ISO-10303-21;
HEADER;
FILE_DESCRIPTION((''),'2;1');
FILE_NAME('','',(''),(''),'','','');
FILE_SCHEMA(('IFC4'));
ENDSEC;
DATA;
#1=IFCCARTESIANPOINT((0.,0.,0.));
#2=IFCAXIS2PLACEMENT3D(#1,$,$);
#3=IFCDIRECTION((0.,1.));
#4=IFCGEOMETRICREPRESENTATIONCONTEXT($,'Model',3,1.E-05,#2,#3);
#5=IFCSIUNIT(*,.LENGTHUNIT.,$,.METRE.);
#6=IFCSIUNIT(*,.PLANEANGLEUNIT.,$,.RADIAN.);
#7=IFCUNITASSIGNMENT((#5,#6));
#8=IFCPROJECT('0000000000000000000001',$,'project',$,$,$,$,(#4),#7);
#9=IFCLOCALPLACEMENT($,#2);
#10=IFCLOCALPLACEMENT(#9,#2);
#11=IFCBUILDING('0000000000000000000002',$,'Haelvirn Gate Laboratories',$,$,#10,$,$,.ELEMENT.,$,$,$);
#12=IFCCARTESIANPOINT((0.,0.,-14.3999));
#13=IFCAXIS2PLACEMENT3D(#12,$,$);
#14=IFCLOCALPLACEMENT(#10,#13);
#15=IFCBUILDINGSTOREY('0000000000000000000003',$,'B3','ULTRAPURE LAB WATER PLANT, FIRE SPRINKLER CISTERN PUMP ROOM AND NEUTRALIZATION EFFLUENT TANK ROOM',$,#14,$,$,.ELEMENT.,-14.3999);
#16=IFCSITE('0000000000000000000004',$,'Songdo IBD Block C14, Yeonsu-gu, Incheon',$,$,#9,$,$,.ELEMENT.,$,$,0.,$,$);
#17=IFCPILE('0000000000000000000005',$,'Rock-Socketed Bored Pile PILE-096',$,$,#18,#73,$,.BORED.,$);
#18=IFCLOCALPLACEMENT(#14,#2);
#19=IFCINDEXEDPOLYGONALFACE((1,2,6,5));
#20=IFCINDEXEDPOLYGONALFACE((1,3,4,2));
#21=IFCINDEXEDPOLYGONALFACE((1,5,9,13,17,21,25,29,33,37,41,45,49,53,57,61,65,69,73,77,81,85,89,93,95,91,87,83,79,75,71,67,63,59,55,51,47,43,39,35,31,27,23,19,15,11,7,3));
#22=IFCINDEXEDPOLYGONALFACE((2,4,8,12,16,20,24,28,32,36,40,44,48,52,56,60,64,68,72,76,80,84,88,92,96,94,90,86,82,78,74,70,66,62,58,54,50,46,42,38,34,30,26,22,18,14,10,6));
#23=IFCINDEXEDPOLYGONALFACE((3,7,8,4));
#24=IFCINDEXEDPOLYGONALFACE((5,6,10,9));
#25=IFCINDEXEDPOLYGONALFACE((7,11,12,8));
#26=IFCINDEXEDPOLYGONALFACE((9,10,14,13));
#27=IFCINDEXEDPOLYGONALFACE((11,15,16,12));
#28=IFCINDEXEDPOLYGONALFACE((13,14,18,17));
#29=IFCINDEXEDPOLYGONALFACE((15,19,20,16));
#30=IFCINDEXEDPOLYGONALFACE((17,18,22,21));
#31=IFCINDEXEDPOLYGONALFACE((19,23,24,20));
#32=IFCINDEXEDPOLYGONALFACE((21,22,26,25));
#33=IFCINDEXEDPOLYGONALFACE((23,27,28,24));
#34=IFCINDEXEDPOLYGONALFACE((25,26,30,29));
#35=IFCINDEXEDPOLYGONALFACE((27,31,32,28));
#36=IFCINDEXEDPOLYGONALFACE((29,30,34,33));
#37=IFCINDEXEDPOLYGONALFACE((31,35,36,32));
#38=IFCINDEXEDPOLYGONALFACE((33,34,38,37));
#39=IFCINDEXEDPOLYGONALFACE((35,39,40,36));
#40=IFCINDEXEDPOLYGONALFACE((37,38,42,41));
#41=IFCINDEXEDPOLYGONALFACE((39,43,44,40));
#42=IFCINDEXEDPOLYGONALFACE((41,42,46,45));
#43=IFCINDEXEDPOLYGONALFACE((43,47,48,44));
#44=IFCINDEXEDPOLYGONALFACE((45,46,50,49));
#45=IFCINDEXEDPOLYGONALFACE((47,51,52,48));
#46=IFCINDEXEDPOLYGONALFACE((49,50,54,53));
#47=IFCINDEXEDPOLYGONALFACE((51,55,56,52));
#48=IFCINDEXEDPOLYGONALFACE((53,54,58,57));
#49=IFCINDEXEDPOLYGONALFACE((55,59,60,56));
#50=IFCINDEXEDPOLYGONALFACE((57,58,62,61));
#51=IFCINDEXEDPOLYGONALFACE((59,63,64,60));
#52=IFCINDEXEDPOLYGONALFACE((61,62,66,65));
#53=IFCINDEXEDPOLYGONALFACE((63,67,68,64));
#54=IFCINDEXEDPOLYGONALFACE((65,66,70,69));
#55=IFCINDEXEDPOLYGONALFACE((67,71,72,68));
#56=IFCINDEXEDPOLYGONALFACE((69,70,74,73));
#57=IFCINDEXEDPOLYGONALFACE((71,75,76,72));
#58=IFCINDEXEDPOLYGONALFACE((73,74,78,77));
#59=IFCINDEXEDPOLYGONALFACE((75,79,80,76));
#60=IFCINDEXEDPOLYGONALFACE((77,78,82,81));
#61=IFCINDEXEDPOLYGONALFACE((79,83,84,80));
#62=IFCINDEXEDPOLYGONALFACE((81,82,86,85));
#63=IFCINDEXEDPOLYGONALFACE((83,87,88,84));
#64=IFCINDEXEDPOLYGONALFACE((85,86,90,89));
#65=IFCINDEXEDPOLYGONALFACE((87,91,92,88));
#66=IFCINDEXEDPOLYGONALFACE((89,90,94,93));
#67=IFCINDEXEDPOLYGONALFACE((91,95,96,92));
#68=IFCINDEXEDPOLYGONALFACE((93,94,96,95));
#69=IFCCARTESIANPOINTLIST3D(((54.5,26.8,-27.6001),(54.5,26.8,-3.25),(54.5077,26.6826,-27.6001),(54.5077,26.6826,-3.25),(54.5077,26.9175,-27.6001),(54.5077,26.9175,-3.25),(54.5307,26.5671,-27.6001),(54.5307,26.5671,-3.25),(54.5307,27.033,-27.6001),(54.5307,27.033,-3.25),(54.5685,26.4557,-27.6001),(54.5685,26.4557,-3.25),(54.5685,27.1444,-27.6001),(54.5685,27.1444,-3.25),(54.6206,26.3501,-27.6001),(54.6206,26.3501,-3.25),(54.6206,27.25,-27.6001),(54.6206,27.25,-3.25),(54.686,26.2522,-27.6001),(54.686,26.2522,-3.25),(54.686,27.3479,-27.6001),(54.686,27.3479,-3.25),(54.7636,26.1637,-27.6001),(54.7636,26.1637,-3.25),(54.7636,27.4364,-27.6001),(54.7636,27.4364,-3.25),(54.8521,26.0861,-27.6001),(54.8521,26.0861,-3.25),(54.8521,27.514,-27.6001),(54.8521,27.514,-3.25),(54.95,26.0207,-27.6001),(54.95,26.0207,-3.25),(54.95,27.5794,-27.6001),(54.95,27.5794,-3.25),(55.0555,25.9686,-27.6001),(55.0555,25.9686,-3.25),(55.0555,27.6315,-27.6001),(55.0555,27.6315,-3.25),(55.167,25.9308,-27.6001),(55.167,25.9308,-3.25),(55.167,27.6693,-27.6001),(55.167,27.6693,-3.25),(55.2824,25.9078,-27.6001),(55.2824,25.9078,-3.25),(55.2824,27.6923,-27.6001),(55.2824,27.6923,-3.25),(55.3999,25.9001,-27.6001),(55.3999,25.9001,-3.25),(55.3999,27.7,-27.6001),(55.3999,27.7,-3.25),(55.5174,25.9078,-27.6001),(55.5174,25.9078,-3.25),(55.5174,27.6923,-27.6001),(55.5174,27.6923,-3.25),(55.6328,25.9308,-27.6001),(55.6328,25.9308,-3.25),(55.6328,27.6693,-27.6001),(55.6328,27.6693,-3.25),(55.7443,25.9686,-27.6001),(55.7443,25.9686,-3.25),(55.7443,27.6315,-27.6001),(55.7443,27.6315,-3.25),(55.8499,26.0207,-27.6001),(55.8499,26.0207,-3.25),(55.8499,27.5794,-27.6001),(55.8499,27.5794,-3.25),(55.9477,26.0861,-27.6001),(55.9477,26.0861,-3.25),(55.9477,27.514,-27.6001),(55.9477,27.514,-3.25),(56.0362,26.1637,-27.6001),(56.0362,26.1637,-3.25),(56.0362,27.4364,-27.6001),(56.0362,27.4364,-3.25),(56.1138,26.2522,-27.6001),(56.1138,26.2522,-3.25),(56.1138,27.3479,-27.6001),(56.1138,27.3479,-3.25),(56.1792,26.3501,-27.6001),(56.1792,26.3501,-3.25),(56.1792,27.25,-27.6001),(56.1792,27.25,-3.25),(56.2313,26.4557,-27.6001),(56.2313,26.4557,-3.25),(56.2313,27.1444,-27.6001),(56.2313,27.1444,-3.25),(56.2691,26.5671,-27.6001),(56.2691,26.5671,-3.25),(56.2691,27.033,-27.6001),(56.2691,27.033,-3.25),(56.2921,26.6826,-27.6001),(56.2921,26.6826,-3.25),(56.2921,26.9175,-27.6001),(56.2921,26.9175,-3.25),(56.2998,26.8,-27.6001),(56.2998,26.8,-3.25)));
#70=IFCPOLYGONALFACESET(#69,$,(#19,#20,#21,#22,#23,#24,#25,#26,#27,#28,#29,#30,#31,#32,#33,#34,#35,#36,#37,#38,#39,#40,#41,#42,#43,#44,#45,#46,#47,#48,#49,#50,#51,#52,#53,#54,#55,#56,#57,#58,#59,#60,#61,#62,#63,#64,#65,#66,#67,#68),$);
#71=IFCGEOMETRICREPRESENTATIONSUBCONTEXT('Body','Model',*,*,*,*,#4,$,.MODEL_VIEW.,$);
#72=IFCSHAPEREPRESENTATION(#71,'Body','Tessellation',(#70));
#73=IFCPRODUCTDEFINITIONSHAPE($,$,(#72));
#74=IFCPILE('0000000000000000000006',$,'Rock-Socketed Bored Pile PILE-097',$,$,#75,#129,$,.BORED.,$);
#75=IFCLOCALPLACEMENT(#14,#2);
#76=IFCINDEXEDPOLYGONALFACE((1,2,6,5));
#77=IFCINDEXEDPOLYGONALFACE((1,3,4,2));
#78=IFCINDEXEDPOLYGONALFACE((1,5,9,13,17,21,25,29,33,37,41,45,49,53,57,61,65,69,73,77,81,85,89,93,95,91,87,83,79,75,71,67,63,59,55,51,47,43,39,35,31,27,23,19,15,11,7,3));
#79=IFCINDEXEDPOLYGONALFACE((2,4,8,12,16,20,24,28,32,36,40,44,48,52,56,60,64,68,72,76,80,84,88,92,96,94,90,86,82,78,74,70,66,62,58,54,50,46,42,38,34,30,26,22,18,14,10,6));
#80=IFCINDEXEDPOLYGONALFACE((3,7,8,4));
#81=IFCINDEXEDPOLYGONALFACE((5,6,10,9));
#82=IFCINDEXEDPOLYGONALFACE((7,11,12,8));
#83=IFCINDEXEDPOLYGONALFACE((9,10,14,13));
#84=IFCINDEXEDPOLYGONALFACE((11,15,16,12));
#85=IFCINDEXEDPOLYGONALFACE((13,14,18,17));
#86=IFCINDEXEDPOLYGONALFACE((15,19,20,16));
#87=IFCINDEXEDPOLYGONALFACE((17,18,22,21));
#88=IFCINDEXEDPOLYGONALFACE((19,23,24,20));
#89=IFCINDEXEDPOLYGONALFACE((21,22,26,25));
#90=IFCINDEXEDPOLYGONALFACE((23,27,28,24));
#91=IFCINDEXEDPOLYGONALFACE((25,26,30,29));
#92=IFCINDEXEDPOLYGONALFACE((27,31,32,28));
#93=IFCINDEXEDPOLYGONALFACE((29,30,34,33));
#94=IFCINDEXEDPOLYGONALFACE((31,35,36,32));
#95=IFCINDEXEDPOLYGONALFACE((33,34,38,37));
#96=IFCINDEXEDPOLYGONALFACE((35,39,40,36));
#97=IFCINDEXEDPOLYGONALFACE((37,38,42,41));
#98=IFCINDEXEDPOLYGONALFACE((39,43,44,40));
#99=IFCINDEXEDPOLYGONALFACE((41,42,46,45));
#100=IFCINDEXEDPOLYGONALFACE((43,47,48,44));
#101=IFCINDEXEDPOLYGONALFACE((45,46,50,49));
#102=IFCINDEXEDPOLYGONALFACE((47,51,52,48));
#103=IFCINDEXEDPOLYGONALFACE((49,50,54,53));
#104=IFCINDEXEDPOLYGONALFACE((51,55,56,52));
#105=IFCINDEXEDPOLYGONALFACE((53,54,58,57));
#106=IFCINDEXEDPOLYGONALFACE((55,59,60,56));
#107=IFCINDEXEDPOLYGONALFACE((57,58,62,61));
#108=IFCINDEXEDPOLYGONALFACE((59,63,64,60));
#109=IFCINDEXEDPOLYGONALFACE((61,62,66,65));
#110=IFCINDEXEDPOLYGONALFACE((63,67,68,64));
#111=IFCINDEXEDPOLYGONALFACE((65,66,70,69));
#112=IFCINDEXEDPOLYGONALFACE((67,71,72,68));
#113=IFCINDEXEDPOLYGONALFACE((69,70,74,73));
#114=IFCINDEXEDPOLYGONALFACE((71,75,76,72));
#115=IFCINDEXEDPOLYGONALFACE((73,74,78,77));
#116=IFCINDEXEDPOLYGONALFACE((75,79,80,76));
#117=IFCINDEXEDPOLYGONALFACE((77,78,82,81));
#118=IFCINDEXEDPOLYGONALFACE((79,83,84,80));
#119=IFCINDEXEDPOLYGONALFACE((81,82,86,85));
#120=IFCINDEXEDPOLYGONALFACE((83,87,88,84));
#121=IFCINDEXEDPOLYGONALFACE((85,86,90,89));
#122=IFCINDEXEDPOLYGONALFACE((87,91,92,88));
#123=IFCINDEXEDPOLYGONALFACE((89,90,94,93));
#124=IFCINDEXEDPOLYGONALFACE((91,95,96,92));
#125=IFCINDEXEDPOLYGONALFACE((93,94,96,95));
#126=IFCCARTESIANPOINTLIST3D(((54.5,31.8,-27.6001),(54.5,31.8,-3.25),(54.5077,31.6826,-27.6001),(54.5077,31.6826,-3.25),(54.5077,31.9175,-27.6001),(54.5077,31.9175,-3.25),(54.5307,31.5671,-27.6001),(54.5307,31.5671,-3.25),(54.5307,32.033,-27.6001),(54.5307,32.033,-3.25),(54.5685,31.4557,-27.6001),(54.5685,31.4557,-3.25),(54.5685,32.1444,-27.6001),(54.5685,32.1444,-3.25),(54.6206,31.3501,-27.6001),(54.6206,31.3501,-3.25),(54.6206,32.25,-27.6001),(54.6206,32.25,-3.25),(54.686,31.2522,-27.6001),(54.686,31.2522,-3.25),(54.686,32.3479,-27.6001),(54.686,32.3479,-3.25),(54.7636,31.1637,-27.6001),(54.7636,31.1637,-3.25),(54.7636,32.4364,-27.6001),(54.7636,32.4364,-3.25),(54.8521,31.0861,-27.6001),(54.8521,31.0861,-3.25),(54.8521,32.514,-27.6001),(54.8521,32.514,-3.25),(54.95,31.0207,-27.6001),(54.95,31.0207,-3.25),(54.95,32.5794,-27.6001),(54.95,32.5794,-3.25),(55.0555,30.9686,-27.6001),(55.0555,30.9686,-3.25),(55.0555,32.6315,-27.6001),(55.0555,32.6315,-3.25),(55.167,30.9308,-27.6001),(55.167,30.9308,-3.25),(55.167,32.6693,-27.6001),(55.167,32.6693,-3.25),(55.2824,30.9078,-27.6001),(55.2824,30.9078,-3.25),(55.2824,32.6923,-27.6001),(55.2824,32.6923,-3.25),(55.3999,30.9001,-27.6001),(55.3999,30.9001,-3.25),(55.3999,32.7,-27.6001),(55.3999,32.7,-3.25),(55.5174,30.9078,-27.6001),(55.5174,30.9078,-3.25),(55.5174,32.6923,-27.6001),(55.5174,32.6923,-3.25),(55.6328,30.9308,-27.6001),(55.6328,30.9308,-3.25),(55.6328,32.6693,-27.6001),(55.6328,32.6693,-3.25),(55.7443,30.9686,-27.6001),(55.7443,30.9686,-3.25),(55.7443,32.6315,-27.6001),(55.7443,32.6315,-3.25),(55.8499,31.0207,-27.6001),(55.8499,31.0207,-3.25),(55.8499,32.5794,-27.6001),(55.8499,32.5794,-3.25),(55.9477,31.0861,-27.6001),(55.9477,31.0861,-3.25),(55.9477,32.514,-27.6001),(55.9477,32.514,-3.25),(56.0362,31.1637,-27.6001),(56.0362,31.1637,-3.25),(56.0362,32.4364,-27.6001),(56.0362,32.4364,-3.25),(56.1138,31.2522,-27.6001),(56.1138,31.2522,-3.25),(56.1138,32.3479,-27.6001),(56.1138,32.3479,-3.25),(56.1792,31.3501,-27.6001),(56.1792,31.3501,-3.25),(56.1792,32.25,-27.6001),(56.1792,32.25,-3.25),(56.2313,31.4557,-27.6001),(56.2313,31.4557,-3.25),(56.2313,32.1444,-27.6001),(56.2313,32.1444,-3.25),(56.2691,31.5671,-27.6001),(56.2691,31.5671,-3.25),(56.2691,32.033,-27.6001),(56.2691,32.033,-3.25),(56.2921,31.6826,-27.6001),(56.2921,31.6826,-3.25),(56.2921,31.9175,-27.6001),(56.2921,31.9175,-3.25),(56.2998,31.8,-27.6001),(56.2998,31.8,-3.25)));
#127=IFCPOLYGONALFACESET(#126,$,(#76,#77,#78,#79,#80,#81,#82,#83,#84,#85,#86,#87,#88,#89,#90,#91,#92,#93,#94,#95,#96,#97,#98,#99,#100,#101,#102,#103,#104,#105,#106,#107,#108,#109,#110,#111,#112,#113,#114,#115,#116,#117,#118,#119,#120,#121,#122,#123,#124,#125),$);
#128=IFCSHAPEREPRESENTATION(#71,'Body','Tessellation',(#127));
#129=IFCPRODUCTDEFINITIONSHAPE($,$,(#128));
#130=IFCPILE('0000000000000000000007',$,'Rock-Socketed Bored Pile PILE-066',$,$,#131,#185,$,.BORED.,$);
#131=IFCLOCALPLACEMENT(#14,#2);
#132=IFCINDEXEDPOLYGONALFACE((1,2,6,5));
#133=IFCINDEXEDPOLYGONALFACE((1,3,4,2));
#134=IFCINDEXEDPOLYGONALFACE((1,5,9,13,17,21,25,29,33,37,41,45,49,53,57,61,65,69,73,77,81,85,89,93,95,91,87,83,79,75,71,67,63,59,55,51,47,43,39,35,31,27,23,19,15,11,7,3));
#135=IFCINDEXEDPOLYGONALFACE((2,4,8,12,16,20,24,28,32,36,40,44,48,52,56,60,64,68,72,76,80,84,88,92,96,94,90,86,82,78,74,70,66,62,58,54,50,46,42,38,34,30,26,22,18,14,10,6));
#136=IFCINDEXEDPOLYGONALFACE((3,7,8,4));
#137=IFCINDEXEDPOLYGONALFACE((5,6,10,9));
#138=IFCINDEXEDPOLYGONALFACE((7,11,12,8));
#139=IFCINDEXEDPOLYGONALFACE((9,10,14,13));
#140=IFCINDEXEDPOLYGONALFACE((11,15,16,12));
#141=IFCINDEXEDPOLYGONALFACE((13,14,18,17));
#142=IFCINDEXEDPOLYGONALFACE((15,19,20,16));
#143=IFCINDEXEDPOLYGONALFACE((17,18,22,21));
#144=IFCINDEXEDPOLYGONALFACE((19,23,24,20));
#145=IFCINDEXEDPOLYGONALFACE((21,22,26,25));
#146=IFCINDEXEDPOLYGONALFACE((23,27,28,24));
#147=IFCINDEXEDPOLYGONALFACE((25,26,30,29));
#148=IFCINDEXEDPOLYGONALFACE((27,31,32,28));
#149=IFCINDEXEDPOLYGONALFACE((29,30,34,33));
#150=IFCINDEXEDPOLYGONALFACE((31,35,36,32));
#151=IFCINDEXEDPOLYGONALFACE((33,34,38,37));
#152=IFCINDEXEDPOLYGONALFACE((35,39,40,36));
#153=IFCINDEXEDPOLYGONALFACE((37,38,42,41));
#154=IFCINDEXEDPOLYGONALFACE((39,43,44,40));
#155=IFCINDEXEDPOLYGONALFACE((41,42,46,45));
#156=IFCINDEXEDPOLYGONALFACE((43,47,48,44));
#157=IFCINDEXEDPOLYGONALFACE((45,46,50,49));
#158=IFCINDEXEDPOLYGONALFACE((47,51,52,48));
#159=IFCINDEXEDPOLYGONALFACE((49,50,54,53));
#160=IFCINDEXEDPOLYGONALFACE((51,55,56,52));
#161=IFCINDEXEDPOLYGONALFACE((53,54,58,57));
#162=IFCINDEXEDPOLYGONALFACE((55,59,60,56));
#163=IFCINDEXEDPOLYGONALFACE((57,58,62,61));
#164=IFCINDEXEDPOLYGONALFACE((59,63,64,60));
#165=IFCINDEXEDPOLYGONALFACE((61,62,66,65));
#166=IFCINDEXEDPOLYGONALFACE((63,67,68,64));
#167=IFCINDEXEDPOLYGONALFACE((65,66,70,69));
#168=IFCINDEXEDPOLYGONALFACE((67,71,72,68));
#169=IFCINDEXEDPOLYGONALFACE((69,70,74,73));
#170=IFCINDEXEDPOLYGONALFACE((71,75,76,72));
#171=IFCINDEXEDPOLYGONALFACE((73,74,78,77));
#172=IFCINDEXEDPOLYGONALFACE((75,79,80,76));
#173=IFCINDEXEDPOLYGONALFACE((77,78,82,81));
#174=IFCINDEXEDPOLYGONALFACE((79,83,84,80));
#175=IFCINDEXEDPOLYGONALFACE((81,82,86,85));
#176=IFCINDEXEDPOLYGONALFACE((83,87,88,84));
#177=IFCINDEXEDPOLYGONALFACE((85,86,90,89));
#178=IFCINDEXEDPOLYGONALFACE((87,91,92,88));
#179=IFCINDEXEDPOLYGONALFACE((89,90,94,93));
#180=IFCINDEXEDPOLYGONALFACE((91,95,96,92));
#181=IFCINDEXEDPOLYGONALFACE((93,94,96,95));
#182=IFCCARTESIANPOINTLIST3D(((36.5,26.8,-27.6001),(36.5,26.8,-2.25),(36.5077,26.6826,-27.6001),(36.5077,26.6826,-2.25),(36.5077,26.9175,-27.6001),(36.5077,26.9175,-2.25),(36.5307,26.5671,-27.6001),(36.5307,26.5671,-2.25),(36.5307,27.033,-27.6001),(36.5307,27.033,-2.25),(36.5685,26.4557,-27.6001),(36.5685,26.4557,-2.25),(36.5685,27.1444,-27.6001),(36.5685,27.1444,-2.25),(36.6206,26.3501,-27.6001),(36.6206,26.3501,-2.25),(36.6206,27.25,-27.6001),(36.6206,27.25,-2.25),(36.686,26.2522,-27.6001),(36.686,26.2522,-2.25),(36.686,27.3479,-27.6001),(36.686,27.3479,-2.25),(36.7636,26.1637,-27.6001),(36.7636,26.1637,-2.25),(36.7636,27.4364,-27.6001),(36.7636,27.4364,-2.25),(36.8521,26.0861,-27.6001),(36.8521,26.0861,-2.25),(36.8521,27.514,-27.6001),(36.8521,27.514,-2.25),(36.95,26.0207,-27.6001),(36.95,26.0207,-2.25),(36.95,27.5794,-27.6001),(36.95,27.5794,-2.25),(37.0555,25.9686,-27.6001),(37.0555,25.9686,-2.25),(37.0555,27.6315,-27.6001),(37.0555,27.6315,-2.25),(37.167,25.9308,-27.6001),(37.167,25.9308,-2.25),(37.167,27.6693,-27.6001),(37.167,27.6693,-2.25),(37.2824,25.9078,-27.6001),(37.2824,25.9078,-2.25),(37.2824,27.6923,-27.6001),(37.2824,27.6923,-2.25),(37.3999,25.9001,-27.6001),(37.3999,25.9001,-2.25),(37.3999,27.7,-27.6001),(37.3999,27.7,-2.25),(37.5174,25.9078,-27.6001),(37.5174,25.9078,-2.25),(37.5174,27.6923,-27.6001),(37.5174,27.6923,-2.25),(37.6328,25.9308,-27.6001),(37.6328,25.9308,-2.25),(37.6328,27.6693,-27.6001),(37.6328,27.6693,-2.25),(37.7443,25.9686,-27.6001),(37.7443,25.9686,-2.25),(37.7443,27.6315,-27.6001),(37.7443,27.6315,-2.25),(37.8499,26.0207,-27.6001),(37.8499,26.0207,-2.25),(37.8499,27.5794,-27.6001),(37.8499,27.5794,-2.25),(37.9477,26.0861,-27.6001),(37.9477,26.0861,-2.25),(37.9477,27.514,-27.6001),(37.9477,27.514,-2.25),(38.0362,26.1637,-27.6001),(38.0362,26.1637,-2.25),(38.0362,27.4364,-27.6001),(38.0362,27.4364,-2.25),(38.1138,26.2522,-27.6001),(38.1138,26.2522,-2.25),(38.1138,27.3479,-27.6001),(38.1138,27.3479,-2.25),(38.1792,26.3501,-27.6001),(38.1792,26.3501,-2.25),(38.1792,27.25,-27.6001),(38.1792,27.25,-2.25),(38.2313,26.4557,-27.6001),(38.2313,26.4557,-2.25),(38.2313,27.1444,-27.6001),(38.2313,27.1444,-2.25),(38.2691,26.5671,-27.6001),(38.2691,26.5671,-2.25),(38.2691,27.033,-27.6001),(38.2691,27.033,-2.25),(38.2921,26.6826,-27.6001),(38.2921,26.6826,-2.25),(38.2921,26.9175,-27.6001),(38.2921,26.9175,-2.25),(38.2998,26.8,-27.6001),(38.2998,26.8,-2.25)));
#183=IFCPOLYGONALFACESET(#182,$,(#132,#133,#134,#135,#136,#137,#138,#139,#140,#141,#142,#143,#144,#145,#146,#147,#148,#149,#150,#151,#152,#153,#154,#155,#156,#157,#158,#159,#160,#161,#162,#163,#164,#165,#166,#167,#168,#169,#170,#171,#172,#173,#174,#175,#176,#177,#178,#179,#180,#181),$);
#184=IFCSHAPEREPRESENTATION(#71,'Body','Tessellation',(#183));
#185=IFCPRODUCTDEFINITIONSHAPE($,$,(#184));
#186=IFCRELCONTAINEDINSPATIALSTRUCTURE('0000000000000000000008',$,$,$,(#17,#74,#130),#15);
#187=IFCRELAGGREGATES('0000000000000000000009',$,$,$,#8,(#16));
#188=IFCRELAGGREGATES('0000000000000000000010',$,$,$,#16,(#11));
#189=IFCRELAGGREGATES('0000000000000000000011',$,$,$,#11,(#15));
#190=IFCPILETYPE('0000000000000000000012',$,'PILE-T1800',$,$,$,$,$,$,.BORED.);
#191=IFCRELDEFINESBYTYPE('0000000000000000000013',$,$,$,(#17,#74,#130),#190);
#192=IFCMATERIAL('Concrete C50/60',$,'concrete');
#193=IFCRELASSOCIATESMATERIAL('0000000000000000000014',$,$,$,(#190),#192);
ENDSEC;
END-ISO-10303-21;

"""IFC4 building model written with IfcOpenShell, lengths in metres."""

from ifc_helpers import new_model, si_unit, direction, frame, origin, origin_2d, place, context, subcontext, project, spatial, circle, extrude, source, transform, mapped, material, material_profile, profile_set, type_object, type_shapes, element, save


model = new_model("IFC4")

# Units and contexts
model_context = context("Model", 3, precision=1e-05, world=origin(), true_north=direction((0.0, 1.0)))
body_context = subcontext(model_context, "Body", "Model", "MODEL_VIEW")
ifc_project = project(units=[si_unit("LENGTHUNIT", "METRE"), si_unit("PLANEANGLEUNIT", "RADIAN")], contexts=[model_context])

# Site, building, storey
site_placement = place(None, origin())
site = spatial("IfcSite", under=ifc_project, at=site_placement, Name="Songdo IBD Block C14, Yeonsu-gu, Incheon", CompositionType="ELEMENT", RefElevation=0.0)
building_placement = place(site_placement, origin())
building = spatial("IfcBuilding", under=site, at=building_placement, Name="Haelvirn Gate Laboratories", CompositionType="ELEMENT")
storey_placement = place(building_placement, frame((0.0, 0.0, -14.3999)))
storey = spatial("IfcBuildingStorey", under=building, at=storey_placement, Name="B3", Description="ULTRAPURE LAB WATER PLANT, FIRE SPRINKLER CISTERN PUMP ROOM AND NEUTRALIZATION EFFLUENT TANK ROOM", CompositionType="ELEMENT", Elevation=-14.3999)

# Piles
ifc_material_1 = material(Name="Concrete C50/60", Category="concrete")
ifc_material_profile_1 = material_profile(ifc_material_1, circle(Radius=0.8999, at=origin_2d()), Name="PILE-D1800")
ifc_profile_set_1 = profile_set([ifc_material_profile_1], Name="Concrete C50/60")
pile_type_1 = type_object("IfcPileType", Name="PILE-T1800", PredefinedType="BORED", material=ifc_profile_set_1)
shared_shape_1 = source(origin(), body_context, "Body", "SweptSolid", [
    extrude(circle(Radius=0.8999, at=origin_2d()), origin(), (0.0, 0.0, 1.0), 24.3501),
])
for number, where, z_axis, x_axis, name in (
    (1, (55.3999, 26.8, -3.25), (0.0, 0.0, -1.0), (1.0, 0.0, 0.0), "Rock-Socketed Bored Pile PILE-096"),
    (2, (55.3999, 31.8, -3.25), (0.0, 0.0, -1.0), (1.0, 0.0, 0.0), "Rock-Socketed Bored Pile PILE-097"),
):
    element("IfcPile", number, at=place(storey_placement, frame(where, z_axis=z_axis, x_axis=x_axis)), inside=storey, type_object=pile_type_1, Name=name, PredefinedType="BORED", context=body_context, shape_type="MappedRepresentation", body=[
        mapped(shared_shape_1, transform((0.0, 0.0, 0.0), scale=1.0)),
    ])
shared_shape_2 = source(origin(), body_context, "Body", "SweptSolid", [
    extrude(circle(Radius=0.8999, at=origin_2d()), origin(), (0.0, 0.0, 1.0), 25.3501),
])
type_shapes(pile_type_1, [shared_shape_1, shared_shape_2])
for number, where, z_axis, x_axis, name in (
    (3, (37.3999, 26.8, -2.25), (0.0, 0.0, -1.0), (1.0, 0.0, 0.0), "Rock-Socketed Bored Pile PILE-066"),
):
    element("IfcPile", number, at=place(storey_placement, frame(where, z_axis=z_axis, x_axis=x_axis)), inside=storey, type_object=pile_type_1, Name=name, PredefinedType="BORED", context=body_context, shape_type="MappedRepresentation", body=[
        mapped(shared_shape_2, transform((0.0, 0.0, 0.0), scale=1.0)),
    ])

save(model, "model.ifc")
